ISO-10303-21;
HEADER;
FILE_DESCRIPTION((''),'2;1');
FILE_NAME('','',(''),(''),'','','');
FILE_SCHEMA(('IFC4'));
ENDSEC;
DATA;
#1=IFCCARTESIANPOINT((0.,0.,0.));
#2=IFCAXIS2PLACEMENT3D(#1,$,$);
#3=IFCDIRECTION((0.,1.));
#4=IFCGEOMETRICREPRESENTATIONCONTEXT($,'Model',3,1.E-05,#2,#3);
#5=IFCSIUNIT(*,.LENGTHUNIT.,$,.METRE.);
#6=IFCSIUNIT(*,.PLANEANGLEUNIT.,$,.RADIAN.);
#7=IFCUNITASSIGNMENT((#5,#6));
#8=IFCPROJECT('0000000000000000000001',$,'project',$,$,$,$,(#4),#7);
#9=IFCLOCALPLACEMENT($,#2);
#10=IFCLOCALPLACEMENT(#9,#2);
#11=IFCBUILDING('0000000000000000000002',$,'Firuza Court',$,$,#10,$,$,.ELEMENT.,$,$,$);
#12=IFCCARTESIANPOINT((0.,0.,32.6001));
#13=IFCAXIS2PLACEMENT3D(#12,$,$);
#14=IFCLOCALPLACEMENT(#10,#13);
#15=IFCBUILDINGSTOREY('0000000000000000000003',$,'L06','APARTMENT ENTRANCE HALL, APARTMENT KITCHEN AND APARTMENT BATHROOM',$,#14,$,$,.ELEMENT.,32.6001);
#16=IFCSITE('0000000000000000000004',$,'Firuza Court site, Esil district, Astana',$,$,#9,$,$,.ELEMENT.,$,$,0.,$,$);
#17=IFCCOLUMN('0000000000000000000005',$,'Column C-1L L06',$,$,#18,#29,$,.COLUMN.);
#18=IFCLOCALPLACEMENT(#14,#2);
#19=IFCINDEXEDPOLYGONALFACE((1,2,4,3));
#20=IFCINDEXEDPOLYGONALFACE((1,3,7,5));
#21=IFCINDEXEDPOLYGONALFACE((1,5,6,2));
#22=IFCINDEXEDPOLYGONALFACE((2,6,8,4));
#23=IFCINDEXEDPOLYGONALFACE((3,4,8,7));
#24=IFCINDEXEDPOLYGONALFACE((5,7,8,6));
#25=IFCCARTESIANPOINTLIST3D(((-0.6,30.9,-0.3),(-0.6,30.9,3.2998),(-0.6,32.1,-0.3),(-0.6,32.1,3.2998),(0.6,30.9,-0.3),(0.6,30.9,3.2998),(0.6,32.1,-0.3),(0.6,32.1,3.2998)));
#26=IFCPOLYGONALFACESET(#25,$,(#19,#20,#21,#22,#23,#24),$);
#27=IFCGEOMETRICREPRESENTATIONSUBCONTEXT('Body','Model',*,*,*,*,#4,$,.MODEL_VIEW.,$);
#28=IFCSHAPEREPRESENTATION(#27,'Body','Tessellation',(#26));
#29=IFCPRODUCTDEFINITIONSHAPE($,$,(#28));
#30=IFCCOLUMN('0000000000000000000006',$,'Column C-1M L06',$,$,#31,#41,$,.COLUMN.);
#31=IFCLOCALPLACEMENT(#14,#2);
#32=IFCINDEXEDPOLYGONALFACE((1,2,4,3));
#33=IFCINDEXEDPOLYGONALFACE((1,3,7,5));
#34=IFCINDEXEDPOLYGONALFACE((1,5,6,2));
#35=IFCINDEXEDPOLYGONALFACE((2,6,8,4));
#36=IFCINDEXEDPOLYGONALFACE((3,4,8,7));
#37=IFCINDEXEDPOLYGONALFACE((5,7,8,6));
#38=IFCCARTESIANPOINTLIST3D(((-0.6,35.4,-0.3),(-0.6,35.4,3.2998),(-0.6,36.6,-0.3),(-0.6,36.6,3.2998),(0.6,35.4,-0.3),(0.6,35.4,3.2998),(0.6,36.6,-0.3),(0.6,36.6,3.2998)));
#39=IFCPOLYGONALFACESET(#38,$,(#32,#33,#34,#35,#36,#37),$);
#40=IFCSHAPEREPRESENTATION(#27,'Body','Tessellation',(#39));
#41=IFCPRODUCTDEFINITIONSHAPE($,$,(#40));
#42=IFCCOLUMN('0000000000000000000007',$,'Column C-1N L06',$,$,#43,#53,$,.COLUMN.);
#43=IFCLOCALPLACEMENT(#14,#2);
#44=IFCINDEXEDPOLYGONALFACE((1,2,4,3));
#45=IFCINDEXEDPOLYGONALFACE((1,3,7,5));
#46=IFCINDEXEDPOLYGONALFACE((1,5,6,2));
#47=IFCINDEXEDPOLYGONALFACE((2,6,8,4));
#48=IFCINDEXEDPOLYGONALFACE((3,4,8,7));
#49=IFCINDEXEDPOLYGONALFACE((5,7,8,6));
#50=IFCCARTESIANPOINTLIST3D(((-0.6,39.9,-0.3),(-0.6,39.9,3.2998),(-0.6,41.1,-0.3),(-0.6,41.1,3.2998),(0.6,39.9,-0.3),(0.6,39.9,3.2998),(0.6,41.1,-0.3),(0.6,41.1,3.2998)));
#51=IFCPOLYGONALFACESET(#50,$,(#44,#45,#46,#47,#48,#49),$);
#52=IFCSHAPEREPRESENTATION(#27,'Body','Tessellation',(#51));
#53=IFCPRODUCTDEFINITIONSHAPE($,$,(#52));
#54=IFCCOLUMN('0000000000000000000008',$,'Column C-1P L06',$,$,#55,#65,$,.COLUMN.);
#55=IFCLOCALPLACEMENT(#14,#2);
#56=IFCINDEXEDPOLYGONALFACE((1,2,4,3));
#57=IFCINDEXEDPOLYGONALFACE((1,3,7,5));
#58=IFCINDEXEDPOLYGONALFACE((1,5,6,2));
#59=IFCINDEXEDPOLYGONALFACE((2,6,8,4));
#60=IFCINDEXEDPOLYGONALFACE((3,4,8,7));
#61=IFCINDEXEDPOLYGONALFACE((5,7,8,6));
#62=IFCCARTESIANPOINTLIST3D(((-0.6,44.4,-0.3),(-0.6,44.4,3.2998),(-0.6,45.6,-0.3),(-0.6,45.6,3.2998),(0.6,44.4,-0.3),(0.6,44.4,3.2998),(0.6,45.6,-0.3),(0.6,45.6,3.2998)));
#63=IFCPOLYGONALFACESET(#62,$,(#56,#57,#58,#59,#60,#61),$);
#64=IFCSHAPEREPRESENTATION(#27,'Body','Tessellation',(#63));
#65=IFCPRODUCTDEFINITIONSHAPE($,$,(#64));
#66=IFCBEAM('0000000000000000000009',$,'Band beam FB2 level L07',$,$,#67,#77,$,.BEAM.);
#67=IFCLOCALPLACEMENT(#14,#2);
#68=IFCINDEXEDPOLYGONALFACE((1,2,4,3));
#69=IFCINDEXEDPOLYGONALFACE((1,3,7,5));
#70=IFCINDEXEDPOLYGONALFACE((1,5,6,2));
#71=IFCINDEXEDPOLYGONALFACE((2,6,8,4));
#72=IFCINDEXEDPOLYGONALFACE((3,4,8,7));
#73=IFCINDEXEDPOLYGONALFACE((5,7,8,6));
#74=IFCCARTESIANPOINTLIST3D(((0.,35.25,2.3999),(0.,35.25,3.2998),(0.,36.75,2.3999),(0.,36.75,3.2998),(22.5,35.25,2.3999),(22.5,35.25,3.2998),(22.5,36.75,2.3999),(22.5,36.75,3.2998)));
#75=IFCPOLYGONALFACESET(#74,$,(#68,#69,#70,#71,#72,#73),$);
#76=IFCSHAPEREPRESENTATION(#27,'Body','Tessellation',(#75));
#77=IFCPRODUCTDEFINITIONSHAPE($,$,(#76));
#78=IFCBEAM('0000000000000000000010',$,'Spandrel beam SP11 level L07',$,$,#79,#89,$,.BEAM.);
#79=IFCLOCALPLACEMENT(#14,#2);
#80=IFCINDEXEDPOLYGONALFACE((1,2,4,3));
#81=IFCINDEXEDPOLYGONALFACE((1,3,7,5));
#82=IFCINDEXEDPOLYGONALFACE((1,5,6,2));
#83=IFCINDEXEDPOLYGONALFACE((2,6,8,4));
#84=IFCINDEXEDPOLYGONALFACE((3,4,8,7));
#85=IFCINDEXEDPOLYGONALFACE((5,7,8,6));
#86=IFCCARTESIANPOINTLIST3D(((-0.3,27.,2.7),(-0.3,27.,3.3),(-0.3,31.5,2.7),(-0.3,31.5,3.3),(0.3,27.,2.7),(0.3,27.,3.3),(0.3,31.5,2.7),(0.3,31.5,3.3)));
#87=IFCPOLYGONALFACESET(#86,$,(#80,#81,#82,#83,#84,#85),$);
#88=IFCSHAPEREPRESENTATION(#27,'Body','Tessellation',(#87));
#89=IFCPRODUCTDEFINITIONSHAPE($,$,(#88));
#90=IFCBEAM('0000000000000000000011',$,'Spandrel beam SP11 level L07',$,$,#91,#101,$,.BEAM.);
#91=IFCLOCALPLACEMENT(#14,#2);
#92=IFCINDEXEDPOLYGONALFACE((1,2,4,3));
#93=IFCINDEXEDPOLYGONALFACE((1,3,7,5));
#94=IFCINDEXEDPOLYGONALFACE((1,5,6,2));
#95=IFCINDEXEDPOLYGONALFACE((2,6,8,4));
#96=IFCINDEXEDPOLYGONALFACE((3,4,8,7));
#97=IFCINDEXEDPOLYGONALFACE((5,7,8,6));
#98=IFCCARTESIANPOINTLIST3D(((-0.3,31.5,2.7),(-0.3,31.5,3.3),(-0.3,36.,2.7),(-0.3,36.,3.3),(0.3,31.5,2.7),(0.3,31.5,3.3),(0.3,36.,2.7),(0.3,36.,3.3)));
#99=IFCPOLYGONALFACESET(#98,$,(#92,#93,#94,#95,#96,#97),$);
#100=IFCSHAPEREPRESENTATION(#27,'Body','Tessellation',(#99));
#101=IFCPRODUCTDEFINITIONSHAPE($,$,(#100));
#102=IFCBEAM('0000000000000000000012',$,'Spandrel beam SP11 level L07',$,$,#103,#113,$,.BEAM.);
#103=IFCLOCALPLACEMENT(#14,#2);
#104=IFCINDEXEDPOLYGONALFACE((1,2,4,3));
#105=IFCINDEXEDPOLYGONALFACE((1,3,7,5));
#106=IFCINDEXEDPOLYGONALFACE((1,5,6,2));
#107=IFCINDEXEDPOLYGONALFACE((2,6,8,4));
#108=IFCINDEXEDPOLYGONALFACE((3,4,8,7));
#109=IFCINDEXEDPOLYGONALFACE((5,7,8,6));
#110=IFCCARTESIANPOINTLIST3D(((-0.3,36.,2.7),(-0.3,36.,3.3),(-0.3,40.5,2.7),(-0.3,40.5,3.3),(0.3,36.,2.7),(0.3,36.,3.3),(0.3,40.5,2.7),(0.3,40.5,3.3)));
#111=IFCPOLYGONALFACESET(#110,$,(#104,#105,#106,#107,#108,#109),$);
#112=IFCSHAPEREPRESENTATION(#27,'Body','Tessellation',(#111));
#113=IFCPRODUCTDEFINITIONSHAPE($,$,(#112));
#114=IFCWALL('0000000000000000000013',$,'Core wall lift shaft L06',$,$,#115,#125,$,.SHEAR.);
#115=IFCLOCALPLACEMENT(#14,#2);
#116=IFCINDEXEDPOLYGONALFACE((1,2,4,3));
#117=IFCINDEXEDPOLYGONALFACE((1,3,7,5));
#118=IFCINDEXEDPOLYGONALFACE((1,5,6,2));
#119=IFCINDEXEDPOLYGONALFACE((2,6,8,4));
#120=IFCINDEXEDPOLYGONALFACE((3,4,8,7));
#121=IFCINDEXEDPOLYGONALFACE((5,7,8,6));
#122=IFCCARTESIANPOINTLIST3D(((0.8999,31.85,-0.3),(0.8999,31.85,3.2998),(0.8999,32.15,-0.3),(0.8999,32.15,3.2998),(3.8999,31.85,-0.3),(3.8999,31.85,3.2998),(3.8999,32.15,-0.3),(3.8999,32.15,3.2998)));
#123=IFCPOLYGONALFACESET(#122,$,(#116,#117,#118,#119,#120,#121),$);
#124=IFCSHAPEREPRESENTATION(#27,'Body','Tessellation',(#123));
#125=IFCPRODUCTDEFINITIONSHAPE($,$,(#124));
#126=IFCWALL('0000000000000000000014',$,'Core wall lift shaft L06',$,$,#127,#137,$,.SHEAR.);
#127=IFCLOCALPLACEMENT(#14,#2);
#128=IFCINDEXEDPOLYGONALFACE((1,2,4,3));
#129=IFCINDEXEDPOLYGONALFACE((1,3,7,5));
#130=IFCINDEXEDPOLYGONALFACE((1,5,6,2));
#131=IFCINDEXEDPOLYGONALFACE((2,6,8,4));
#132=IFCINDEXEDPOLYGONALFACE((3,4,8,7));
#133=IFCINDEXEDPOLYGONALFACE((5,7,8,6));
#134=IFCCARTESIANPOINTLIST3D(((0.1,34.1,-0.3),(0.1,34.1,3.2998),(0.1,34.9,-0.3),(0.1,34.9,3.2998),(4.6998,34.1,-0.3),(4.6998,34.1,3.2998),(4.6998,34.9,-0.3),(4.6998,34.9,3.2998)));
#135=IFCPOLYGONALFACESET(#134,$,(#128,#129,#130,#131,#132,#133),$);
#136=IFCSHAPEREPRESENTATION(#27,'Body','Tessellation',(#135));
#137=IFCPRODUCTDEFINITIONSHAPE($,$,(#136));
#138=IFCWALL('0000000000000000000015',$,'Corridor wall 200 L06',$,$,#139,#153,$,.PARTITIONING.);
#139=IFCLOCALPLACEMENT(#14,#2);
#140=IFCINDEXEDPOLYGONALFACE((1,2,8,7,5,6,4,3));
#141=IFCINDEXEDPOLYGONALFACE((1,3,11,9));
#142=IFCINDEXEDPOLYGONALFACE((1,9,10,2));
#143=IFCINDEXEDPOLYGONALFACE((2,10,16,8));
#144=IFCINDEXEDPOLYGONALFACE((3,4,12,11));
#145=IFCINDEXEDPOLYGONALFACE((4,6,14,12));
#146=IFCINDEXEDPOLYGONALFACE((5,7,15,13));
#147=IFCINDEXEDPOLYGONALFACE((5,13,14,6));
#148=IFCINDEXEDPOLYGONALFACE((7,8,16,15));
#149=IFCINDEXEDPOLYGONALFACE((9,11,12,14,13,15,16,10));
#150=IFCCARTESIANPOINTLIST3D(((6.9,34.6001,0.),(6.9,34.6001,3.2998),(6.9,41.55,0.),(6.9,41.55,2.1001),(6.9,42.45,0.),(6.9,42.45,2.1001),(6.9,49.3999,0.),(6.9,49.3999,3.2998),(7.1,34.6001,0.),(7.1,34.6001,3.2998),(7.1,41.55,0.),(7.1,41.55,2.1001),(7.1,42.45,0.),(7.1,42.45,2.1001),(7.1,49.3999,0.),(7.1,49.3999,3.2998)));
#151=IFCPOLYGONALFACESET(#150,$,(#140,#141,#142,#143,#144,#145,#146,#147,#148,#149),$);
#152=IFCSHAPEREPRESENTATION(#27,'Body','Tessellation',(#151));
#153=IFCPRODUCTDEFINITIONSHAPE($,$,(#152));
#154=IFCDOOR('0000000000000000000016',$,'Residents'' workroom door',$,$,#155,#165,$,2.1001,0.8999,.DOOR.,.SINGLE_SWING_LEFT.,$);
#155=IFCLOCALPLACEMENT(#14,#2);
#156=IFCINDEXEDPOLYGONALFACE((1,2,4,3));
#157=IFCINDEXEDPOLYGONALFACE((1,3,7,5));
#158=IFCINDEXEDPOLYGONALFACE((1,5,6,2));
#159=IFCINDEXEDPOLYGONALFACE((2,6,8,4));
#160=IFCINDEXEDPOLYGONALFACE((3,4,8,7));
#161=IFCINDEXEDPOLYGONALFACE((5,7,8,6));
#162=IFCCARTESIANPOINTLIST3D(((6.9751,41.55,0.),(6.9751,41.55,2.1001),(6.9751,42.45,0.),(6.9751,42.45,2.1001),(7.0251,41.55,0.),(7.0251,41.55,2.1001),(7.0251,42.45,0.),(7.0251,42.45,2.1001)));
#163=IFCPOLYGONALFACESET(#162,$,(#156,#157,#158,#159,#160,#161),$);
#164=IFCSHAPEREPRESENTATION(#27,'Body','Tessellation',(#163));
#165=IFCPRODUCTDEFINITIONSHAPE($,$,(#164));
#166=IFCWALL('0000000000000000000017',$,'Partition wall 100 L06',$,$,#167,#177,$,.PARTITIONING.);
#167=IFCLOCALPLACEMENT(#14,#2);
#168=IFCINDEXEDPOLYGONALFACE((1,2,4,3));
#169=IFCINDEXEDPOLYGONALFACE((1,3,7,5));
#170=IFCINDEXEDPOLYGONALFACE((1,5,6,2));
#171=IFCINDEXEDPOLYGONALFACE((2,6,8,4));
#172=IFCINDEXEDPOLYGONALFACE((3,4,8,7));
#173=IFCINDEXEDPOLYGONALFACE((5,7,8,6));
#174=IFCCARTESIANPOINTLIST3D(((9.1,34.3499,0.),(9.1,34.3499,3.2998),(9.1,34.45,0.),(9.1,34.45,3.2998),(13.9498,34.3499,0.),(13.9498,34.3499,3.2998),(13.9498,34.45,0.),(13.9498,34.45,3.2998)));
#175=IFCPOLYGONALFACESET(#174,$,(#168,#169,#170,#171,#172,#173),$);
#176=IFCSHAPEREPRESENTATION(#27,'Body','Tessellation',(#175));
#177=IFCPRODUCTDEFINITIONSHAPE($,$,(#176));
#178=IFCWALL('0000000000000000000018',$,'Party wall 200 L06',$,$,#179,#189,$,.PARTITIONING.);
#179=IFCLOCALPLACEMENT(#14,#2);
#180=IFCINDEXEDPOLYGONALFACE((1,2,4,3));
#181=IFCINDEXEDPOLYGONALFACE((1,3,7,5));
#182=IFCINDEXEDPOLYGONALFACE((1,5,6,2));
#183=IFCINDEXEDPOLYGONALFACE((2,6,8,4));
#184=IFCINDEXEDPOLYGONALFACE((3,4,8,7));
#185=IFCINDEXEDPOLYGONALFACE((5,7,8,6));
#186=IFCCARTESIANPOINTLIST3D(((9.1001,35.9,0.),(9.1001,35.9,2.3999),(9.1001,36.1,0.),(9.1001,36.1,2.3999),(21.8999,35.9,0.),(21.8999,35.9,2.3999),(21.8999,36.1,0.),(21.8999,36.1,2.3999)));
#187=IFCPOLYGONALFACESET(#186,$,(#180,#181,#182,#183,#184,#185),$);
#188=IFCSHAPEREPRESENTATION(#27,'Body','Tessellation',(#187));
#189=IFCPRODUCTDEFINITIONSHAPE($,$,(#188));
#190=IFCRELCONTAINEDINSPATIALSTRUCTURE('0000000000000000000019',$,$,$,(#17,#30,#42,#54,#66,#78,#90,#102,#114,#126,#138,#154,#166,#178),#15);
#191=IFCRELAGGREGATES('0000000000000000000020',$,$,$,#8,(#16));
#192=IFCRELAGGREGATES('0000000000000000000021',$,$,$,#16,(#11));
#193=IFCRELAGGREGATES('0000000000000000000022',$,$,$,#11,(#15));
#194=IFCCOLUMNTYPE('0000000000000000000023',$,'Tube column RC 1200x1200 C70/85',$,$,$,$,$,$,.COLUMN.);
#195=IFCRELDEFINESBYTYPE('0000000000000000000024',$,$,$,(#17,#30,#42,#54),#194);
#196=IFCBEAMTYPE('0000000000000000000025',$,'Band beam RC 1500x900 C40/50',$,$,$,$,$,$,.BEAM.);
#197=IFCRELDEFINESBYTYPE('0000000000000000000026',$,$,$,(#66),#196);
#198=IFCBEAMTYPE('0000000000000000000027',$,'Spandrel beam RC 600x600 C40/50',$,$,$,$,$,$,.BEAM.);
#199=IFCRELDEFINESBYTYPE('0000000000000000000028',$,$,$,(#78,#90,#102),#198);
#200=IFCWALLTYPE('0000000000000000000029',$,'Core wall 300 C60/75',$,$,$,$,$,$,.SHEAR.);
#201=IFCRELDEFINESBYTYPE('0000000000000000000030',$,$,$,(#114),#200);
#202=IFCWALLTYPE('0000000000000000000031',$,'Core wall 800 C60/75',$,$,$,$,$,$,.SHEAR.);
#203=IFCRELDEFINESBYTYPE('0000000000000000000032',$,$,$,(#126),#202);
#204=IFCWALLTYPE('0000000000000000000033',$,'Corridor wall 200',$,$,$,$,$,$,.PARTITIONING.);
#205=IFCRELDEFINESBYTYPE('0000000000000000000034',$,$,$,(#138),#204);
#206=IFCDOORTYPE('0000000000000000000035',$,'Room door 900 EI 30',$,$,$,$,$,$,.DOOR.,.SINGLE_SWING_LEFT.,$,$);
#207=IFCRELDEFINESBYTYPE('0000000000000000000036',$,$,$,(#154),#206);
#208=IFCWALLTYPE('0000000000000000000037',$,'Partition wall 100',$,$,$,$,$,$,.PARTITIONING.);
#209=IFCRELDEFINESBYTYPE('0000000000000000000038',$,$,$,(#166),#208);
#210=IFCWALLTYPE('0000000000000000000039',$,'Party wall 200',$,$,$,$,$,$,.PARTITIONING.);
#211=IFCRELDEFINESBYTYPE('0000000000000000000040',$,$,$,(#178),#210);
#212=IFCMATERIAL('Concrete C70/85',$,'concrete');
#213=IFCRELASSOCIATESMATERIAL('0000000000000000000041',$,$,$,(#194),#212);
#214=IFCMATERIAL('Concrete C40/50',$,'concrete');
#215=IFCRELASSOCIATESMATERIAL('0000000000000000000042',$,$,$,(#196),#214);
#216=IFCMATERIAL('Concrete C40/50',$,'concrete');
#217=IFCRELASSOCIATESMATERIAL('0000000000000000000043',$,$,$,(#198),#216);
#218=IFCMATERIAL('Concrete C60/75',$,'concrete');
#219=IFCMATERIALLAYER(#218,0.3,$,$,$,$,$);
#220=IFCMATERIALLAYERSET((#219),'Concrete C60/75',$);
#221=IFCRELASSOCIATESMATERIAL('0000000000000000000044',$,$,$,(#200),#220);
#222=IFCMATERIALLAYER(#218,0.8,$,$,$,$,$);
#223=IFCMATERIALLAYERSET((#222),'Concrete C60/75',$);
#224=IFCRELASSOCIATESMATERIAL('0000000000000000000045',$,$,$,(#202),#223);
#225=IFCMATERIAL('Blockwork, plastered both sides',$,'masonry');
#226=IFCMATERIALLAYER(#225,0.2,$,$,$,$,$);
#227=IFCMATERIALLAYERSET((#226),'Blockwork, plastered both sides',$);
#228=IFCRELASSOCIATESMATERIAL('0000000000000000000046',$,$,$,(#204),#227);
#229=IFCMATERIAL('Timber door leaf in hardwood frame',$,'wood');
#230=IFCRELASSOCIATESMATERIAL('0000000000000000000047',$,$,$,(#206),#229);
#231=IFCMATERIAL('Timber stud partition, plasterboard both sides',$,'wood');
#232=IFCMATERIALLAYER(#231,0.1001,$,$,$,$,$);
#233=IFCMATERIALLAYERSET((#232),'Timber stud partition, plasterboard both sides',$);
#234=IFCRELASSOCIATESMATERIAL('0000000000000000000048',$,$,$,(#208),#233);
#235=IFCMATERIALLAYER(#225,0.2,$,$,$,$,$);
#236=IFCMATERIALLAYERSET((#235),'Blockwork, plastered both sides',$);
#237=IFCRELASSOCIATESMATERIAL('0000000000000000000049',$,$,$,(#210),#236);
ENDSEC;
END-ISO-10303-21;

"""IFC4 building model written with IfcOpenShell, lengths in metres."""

from ifc_helpers import new_model, si_unit, direction, frame, frame_2d, origin, origin_2d, place, context, subcontext, project, spatial, rectangle, extrude, material, layer, layer_set, material_profile, profile_set, type_object, element, fill, save


model = new_model("IFC4")

# Units and contexts
model_context = context("Model", 3, precision=1e-05, world=origin(), true_north=direction((0.0, 1.0)))
body_context = subcontext(model_context, "Body", "Model", "MODEL_VIEW")
ifc_project = project(units=[si_unit("LENGTHUNIT", "METRE"), si_unit("PLANEANGLEUNIT", "RADIAN")], contexts=[model_context])

# Site, building, storey
site_placement = place(None, origin())
site = spatial("IfcSite", under=ifc_project, at=site_placement, Name="Firuza Court site, Esil district, Astana", CompositionType="ELEMENT", RefElevation=0.0)
building_placement = place(site_placement, origin())
building = spatial("IfcBuilding", under=site, at=building_placement, Name="Firuza Court", CompositionType="ELEMENT")
storey_placement = place(building_placement, frame((0.0, 0.0, 32.6001)))
storey = spatial("IfcBuildingStorey", under=building, at=storey_placement, Name="L06", Description="APARTMENT ENTRANCE HALL, APARTMENT KITCHEN AND APARTMENT BATHROOM", CompositionType="ELEMENT", Elevation=32.6001)

# Columns
ifc_material_1 = material(Name="Concrete C70/85", Category="concrete")
ifc_material_profile_1 = material_profile(ifc_material_1, rectangle(XDim=1.2, YDim=1.2, at=origin_2d()), Name="RC 1200x1200")
ifc_profile_set_1 = profile_set([ifc_material_profile_1], Name="Concrete C70/85")
column_type = type_object("IfcColumnType", Name="Tube column RC 1200x1200 C70/85", PredefinedType="COLUMN", material=ifc_profile_set_1)
for number, where, z_axis, x_axis, name in (
    (1, (0.0, 31.5, -0.3), (0.0, 0.0, 1.0), (1.0, 0.0, 0.0), "Column C-1L L06"),
    (2, (0.0, 36.0, -0.3), (0.0, 0.0, 1.0), (1.0, 0.0, 0.0), "Column C-1M L06"),
    (3, (0.0, 40.5, -0.3), (0.0, 0.0, 1.0), (1.0, 0.0, 0.0), "Column C-1N L06"),
    (4, (0.0, 45.0, -0.3), (0.0, 0.0, 1.0), (1.0, 0.0, 0.0), "Column C-1P L06"),
):
    element("IfcColumn", number, at=place(storey_placement, frame(where, z_axis=z_axis, x_axis=x_axis)), inside=storey, type_object=column_type, Name=name, PredefinedType="COLUMN", context=body_context, shape_type="SweptSolid", body=[
        extrude(rectangle(XDim=1.2, YDim=1.2, at=origin_2d()), origin(), (0.0, 0.0, 1.0), 3.5999),
    ])

# Beams
ifc_material_2 = material(Name="Concrete C40/50", Category="concrete")
ifc_material_profile_2 = material_profile(ifc_material_2, rectangle(XDim=1.5, YDim=0.8999, at=origin_2d()), Name="RC 1500x900")
ifc_profile_set_2 = profile_set([ifc_material_profile_2], Name="Concrete C40/50")
beam_type_1 = type_object("IfcBeamType", Name="Band beam RC 1500x900 C40/50", PredefinedType="BEAM", material=ifc_profile_set_2)
beam_placement = place(storey_placement, frame((0.0, 36.0, 2.8499), z_axis=(1.0, 0.0, 0.0), x_axis=(0.0, 1.0, 0.0)))
element("IfcBeam", 5, at=beam_placement, inside=storey, type_object=beam_type_1, Name="Band beam FB2 level L07", PredefinedType="BEAM", context=body_context, shape_type="SweptSolid", body=[
    extrude(rectangle(XDim=1.5, YDim=0.8999, at=origin_2d()), origin(), (0.0, 0.0, 1.0), 22.5),
])
ifc_material_3 = material(Name="Concrete C40/50", Category="concrete")
ifc_material_profile_3 = material_profile(ifc_material_3, rectangle(XDim=0.6001, YDim=0.6001, at=origin_2d()), Name="RC 600x600")
ifc_profile_set_3 = profile_set([ifc_material_profile_3], Name="Concrete C40/50")
beam_type_2 = type_object("IfcBeamType", Name="Spandrel beam RC 600x600 C40/50", PredefinedType="BEAM", material=ifc_profile_set_3)
for number, where, z_axis, x_axis, name in (
    (6, (0.0, 31.5, 3.0), (0.0, -1.0, 0.0), (1.0, 0.0, 0.0), "Spandrel beam SP11 level L07"),
    (7, (0.0, 36.0, 3.0), (0.0, -1.0, 0.0), (1.0, 0.0, 0.0), "Spandrel beam SP11 level L07"),
    (8, (0.0, 40.5, 3.0), (0.0, -1.0, 0.0), (1.0, 0.0, 0.0), "Spandrel beam SP11 level L07"),
):
    element("IfcBeam", number, at=place(storey_placement, frame(where, z_axis=z_axis, x_axis=x_axis)), inside=storey, type_object=beam_type_2, Name=name, PredefinedType="BEAM", context=body_context, shape_type="SweptSolid", body=[
        extrude(rectangle(XDim=0.6001, YDim=0.6001, at=origin_2d()), origin(), (0.0, 0.0, 1.0), 4.5),
    ])

# Walls
ifc_material_4 = material(Name="Concrete C60/75", Category="concrete")
ifc_layer_1 = layer(ifc_material_4, 0.3)
ifc_layer_set_1 = layer_set([ifc_layer_1], Name="Concrete C60/75")
wall_type_1 = type_object("IfcWallType", Name="Core wall 300 C60/75", PredefinedType="SHEAR", material=ifc_layer_set_1)
wall_1_placement = place(storey_placement, frame((0.8999, 32.0, -0.3), z_axis=(0.0, 0.0, 1.0), x_axis=(1.0, 0.0, 0.0)))
element("IfcWall", 9, at=wall_1_placement, inside=storey, type_object=wall_type_1, Name="Core wall lift shaft L06", PredefinedType="SHEAR", context=body_context, shape_type="SweptSolid", body=[
    extrude(rectangle(XDim=3.0, YDim=0.3, at=frame_2d((1.5, 0.0))), origin(), (0.0, 0.0, 1.0), 3.5999),
])
ifc_layer_2 = layer(ifc_material_4, 0.8)
ifc_layer_set_2 = layer_set([ifc_layer_2], Name="Concrete C60/75")
wall_type_2 = type_object("IfcWallType", Name="Core wall 800 C60/75", PredefinedType="SHEAR", material=ifc_layer_set_2)
wall_2_placement = place(storey_placement, frame((0.1001, 34.5, -0.3), z_axis=(0.0, 0.0, 1.0), x_axis=(1.0, 0.0, 0.0)))
element("IfcWall", 10, at=wall_2_placement, inside=storey, type_object=wall_type_2, Name="Core wall lift shaft L06", PredefinedType="SHEAR", context=body_context, shape_type="SweptSolid", body=[
    extrude(rectangle(XDim=4.5999, YDim=0.8, at=frame_2d((2.2998, 0.0))), origin(), (0.0, 0.0, 1.0), 3.5999),
])

# Wall, opening, door
ifc_material_5 = material(Name="Blockwork, plastered both sides", Category="masonry")
ifc_layer_3 = layer(ifc_material_5, 0.2)
ifc_layer_set_3 = layer_set([ifc_layer_3], Name="Blockwork, plastered both sides")
wall_type_3 = type_object("IfcWallType", Name="Corridor wall 200", PredefinedType="PARTITIONING", material=ifc_layer_set_3)
wall_3_placement = place(storey_placement, frame((7.0, 34.6001, 0.0), z_axis=(0.0, 0.0, 1.0), x_axis=(0.0, 1.0, 0.0)))
wall_3 = element("IfcWall", 11, at=wall_3_placement, inside=storey, type_object=wall_type_3, Name="Corridor wall 200 L06", PredefinedType="PARTITIONING", context=body_context, shape_type="SweptSolid", body=[
    extrude(rectangle(XDim=14.7998, YDim=0.2, at=frame_2d((7.3999, 0.0))), origin(), (0.0, 0.0, 1.0), 3.2998),
])
opening_1_placement = place(wall_3_placement, frame((6.95, 0.0, 0.0)))
opening_1 = element("IfcOpeningElement", 12, at=opening_1_placement, cuts=wall_3, PredefinedType="OPENING", context=body_context, shape_type="SweptSolid", body=[
    extrude(rectangle(XDim=0.8999, YDim=2.1001, at=frame_2d((0.45, 1.05))), frame((0.0, 0.1118, 0.0), z_axis=(0.0, -1.0, 0.0), x_axis=(1.0, 0.0, 0.0)), (0.0, 0.0, 1.0), 0.2239),
])
ifc_material_6 = material(Name="Timber door leaf in hardwood frame", Category="wood")
door_type_1 = type_object("IfcDoorType", Name="Room door 900 EI 30", OperationType="SINGLE_SWING_LEFT", PredefinedType="DOOR", material=ifc_material_6)
door_1_placement = place(opening_1_placement, origin())
door_1 = element("IfcDoor", 13, at=door_1_placement, inside=storey, type_object=door_type_1, Name="Residents' workroom door", OperationType="SINGLE_SWING_LEFT", OverallHeight=2.1001, OverallWidth=0.8999, PredefinedType="DOOR", context=body_context, shape_type="SweptSolid", body=[
    extrude(rectangle(XDim=0.8999, YDim=2.1001, at=frame_2d((0.45, 1.05))), frame((0.0, 0.0249, 0.0), z_axis=(0.0, -1.0, 0.0), x_axis=(1.0, 0.0, 0.0)), (0.0, 0.0, 1.0), 0.05),
])
fill(opening_1, door_1)

# Walls
ifc_material_7 = material(Name="Timber stud partition, plasterboard both sides", Category="wood")
ifc_layer_4 = layer(ifc_material_7, 0.1001)
ifc_layer_set_4 = layer_set([ifc_layer_4], Name="Timber stud partition, plasterboard both sides")
wall_type_4 = type_object("IfcWallType", Name="Partition wall 100", PredefinedType="PARTITIONING", material=ifc_layer_set_4)
wall_4_placement = place(storey_placement, frame((9.1001, 34.3999, 0.0), z_axis=(0.0, 0.0, 1.0), x_axis=(1.0, 0.0, 0.0)))
element("IfcWall", 14, at=wall_4_placement, inside=storey, type_object=wall_type_4, Name="Partition wall 100 L06", PredefinedType="PARTITIONING", context=body_context, shape_type="SweptSolid", body=[
    extrude(rectangle(XDim=4.8499, YDim=0.1001, at=frame_2d((2.4248, 0.0))), origin(), (0.0, 0.0, 1.0), 3.2998),
])
ifc_layer_5 = layer(ifc_material_5, 0.2)
ifc_layer_set_5 = layer_set([ifc_layer_5], Name="Blockwork, plastered both sides")
wall_type_5 = type_object("IfcWallType", Name="Party wall 200", PredefinedType="PARTITIONING", material=ifc_layer_set_5)
wall_5_placement = place(storey_placement, frame((9.1001, 36.0, 0.0), z_axis=(0.0, 0.0, 1.0), x_axis=(1.0, 0.0, 0.0)))
element("IfcWall", 15, at=wall_5_placement, inside=storey, type_object=wall_type_5, Name="Party wall 200 L06", PredefinedType="PARTITIONING", context=body_context, shape_type="SweptSolid", body=[
    extrude(rectangle(XDim=12.7998, YDim=0.2, at=frame_2d((6.3999, 0.0))), origin(), (0.0, 0.0, 1.0), 2.3999),
])

save(model, "model.ifc")
